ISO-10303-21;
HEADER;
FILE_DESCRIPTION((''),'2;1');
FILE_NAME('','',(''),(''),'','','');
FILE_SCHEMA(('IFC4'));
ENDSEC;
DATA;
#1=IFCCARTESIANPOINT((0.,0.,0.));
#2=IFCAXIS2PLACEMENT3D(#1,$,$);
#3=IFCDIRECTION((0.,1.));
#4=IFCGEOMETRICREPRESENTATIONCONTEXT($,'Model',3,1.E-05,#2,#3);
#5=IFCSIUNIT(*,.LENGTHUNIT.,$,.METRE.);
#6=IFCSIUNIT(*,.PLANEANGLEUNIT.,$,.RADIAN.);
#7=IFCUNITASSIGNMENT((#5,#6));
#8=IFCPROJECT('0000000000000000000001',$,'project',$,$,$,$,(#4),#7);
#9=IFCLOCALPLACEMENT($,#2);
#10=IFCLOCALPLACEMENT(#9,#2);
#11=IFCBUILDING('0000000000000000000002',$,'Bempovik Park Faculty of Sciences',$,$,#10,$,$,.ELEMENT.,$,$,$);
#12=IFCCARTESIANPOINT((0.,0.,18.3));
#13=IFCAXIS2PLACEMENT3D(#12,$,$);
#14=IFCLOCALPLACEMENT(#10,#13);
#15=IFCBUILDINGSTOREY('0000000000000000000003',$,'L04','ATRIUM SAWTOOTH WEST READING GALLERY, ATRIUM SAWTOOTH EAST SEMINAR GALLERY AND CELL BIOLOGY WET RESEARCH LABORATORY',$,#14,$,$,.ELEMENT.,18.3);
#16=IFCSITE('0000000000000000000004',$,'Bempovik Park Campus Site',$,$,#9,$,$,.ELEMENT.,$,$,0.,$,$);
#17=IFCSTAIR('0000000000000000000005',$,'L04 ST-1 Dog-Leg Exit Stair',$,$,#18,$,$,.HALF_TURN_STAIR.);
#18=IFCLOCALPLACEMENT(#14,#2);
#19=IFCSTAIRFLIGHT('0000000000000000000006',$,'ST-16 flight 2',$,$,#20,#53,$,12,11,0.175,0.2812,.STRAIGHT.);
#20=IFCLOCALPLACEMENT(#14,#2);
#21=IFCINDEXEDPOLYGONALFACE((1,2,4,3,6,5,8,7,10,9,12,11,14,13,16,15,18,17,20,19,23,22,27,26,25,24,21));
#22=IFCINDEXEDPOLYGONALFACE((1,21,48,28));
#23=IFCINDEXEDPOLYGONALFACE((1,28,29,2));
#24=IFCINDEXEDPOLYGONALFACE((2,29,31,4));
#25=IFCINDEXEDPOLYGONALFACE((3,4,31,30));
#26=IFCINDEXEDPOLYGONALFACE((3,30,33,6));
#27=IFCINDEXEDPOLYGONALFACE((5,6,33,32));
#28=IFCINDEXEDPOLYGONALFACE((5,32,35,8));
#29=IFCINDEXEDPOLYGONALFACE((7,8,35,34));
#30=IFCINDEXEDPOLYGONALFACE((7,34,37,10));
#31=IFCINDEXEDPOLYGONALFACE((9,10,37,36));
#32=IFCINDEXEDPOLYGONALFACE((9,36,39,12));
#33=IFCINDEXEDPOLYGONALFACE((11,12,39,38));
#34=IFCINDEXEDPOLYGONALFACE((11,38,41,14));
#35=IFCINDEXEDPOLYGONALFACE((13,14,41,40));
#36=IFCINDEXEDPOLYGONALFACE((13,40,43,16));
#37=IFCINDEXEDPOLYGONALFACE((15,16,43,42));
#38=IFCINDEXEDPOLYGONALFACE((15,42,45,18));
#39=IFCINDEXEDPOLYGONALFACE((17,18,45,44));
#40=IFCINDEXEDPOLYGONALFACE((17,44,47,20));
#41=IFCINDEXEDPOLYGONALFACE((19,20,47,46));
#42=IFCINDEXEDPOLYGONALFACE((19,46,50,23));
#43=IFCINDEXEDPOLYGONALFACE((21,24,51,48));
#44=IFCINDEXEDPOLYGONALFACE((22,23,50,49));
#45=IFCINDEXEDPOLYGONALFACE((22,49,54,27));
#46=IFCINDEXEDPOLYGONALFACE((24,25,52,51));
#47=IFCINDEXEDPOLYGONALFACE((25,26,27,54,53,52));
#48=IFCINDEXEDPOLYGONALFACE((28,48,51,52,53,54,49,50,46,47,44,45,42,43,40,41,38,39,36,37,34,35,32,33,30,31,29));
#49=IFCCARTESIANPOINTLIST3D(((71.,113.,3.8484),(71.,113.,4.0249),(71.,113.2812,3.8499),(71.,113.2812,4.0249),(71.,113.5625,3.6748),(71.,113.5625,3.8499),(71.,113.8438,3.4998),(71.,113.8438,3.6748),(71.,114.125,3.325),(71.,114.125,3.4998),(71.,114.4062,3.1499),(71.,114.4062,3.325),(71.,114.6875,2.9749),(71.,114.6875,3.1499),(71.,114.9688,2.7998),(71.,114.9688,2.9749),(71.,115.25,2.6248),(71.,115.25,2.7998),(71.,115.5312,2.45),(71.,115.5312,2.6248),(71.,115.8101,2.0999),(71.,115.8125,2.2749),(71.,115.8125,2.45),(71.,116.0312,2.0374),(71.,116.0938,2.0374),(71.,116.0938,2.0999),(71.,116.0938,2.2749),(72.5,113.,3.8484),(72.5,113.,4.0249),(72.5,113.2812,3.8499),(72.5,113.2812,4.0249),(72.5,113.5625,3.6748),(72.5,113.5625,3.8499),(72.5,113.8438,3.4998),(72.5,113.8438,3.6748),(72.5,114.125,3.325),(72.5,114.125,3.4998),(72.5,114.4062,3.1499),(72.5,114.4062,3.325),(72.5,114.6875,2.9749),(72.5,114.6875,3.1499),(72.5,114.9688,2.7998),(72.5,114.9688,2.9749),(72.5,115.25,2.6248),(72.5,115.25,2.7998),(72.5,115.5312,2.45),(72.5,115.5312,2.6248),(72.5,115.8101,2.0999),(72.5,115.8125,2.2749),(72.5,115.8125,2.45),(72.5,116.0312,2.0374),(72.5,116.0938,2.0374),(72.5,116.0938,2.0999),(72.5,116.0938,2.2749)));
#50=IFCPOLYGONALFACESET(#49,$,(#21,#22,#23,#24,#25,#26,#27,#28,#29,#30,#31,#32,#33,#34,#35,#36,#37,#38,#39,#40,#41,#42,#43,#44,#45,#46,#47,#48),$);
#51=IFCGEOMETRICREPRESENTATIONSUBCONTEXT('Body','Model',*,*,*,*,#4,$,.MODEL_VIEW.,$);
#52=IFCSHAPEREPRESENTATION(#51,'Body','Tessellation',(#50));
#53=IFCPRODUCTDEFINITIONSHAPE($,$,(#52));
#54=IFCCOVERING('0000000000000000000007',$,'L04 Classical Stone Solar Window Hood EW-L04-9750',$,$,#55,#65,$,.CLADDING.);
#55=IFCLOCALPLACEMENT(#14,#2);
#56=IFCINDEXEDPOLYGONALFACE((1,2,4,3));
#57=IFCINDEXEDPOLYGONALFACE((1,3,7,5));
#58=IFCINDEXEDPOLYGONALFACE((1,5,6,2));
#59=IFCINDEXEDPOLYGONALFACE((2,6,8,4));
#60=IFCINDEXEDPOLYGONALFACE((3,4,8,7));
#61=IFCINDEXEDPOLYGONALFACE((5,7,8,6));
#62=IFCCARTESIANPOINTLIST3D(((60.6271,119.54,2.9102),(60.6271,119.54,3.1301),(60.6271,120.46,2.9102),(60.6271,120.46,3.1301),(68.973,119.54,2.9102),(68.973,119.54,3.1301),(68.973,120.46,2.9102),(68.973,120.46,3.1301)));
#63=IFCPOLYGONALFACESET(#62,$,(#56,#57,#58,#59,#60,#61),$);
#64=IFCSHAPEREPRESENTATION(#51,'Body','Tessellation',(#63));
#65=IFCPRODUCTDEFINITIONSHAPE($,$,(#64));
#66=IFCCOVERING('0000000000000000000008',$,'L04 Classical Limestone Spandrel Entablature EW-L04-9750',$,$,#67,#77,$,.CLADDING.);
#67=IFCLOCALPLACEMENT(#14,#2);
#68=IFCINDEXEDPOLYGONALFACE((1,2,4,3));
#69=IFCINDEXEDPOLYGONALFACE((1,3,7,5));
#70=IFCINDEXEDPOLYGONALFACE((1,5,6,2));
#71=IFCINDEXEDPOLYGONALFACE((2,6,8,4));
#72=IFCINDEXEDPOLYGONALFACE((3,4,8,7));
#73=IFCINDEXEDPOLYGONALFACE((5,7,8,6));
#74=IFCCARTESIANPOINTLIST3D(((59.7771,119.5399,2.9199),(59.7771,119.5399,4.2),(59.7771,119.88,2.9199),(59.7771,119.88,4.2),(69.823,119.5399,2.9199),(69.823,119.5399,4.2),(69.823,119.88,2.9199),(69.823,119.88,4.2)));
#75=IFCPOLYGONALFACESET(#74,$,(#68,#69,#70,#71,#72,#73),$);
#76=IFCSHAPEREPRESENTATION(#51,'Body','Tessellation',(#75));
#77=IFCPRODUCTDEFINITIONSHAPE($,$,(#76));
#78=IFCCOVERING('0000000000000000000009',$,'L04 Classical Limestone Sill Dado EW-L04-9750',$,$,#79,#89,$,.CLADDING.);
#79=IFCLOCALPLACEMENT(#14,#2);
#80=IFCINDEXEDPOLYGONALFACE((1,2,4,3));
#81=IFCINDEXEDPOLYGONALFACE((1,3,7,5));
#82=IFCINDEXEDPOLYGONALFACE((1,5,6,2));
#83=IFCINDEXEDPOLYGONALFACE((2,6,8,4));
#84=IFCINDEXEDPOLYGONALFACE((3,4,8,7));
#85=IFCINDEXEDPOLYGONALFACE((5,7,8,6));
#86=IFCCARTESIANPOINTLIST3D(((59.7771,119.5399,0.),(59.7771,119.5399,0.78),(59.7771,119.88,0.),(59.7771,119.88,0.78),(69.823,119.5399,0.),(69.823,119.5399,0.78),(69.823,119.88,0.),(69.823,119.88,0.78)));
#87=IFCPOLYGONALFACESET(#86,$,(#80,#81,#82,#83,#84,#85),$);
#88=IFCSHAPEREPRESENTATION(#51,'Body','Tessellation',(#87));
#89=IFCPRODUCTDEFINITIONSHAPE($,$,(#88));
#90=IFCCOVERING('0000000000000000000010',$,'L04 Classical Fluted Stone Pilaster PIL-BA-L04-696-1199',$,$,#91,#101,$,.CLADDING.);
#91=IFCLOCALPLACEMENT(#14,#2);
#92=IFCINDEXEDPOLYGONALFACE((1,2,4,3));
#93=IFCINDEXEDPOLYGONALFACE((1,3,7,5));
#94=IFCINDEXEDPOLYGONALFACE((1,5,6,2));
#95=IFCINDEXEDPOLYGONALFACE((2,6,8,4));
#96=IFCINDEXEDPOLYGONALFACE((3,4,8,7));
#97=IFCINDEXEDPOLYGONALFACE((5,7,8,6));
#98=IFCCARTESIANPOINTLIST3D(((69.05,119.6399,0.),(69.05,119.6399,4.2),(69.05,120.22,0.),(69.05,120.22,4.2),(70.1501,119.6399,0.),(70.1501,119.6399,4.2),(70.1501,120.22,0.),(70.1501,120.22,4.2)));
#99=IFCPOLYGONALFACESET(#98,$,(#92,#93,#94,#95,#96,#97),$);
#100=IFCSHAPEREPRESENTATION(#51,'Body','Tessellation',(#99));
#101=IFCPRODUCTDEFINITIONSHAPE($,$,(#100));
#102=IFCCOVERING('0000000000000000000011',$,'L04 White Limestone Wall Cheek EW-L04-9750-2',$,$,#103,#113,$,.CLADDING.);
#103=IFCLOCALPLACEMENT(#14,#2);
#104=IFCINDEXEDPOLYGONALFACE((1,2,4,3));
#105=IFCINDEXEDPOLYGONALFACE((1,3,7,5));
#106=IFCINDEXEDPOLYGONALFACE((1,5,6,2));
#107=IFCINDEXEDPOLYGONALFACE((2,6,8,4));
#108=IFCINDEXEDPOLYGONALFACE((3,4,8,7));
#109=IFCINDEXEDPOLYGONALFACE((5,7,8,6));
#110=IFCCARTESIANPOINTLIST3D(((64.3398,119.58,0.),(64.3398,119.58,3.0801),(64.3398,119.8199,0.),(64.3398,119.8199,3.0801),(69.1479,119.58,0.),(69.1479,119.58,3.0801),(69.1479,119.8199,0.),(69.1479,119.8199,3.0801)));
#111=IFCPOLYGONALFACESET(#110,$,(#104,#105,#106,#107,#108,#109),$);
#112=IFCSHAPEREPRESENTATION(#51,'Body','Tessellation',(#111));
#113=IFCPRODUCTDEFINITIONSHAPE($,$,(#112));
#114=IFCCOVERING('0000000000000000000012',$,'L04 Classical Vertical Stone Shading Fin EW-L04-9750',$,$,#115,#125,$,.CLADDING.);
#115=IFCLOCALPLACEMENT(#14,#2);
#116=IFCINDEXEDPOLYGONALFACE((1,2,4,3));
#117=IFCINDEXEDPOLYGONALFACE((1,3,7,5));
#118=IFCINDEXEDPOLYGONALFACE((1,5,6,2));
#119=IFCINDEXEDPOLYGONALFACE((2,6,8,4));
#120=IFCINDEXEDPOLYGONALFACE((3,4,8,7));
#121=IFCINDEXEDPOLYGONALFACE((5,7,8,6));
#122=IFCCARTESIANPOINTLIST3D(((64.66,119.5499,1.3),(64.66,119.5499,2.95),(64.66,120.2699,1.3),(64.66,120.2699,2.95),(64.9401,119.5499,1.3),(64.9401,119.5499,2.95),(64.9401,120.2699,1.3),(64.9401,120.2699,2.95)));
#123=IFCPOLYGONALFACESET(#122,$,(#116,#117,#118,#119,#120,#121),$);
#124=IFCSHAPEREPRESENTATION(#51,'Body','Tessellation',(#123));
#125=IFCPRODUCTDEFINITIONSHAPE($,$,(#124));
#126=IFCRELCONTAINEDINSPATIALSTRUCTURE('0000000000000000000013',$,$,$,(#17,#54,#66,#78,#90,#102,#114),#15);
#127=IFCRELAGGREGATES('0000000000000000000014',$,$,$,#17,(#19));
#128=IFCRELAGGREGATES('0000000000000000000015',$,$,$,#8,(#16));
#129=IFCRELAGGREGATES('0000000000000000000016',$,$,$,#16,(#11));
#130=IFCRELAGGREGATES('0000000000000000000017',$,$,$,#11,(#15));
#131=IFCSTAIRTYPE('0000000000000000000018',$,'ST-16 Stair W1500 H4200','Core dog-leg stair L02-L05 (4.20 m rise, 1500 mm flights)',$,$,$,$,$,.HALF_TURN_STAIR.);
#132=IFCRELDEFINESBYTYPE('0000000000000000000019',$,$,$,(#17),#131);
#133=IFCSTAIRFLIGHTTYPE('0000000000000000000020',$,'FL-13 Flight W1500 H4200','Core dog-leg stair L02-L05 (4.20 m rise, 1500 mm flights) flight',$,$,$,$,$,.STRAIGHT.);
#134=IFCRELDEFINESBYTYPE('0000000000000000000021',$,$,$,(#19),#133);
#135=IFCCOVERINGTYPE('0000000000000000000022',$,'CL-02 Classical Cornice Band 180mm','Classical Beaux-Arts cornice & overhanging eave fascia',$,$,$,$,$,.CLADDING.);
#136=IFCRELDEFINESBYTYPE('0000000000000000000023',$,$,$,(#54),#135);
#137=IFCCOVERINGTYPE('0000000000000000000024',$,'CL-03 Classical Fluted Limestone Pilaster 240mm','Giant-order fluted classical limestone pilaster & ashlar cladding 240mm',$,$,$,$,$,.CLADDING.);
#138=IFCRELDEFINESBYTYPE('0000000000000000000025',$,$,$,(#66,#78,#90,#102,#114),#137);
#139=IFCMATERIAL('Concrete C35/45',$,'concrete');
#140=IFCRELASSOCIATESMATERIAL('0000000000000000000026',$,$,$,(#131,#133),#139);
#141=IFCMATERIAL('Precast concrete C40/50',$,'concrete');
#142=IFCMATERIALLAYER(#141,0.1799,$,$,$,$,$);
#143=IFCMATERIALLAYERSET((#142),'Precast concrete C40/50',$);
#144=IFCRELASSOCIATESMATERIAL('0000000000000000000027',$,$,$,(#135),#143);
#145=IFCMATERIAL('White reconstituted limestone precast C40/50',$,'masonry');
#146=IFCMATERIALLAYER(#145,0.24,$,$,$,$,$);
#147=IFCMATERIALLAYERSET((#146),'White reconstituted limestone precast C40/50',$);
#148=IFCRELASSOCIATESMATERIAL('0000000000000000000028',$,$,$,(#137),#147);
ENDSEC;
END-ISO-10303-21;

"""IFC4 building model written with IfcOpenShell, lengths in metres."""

from ifc_helpers import new_model, si_unit, direction, frame, origin, origin_2d, place, context, subcontext, project, spatial, polyline, rectangle, outline, extrude, material, layer, layer_set, type_object, element, aggregate, save


model = new_model("IFC4")

# Units and contexts
model_context = context("Model", 3, precision=1e-05, world=origin(), true_north=direction((0.0, 1.0)))
body_context = subcontext(model_context, "Body", "Model", "MODEL_VIEW")
ifc_project = project(units=[si_unit("LENGTHUNIT", "METRE"), si_unit("PLANEANGLEUNIT", "RADIAN")], contexts=[model_context])

# Site, building, storey
site_placement = place(None, origin())
site = spatial("IfcSite", under=ifc_project, at=site_placement, Name="Bempovik Park Campus Site", CompositionType="ELEMENT", RefElevation=0.0)
building_placement = place(site_placement, origin())
building = spatial("IfcBuilding", under=site, at=building_placement, Name="Bempovik Park Faculty of Sciences", CompositionType="ELEMENT")
storey_placement = place(building_placement, frame((0.0, 0.0, 18.3)))
storey = spatial("IfcBuildingStorey", under=building, at=storey_placement, Name="L04", Description="ATRIUM SAWTOOTH WEST READING GALLERY, ATRIUM SAWTOOTH EAST SEMINAR GALLERY AND CELL BIOLOGY WET RESEARCH LABORATORY", CompositionType="ELEMENT", Elevation=18.3)

# Shared definitions
ifc_material_1 = material(Name="Concrete C35/45", Category="concrete")

# Stair, stair flight
stair_type = type_object("IfcStairType", Name="ST-16 Stair W1500 H4200", Description="Core dog-leg stair L02-L05 (4.20 m rise, 1500 mm flights)", PredefinedType="HALF_TURN_STAIR", material=ifc_material_1)
stair_placement = place(storey_placement, origin())
stair = element("IfcStair", 1, at=stair_placement, inside=storey, type_object=stair_type, Name="L04 ST-1 Dog-Leg Exit Stair", PredefinedType="HALF_TURN_STAIR")
stair_flight_type = type_object("IfcStairFlightType", Name="FL-13 Flight W1500 H4200", Description="Core dog-leg stair L02-L05 (4.20 m rise, 1500 mm flights) flight", PredefinedType="STRAIGHT", material=ifc_material_1)
stair_flight_placement = place(storey_placement, frame((71.75, 116.0938, 2.0999), z_axis=(0.0, 0.0, 1.0), x_axis=(0.0, -1.0, 0.0)))
stair_flight = element("IfcStairFlight", 2, at=stair_flight_placement, type_object=stair_flight_type, Name="ST-16 flight 2", NumberOfRisers=12, NumberOfTreads=11, PredefinedType="STRAIGHT", RiserHeight=0.175, TreadLength=0.2812, context=body_context, shape_type="SweptSolid", body=[
    extrude(outline(polyline([(0.0, 0.0), (0.0, 0.175), (0.2812, 0.175), (0.2812, 0.3501), (0.5625, 0.3501), (0.5625, 0.5249), (0.8438, 0.5249), (0.8438, 0.7), (1.125, 0.7), (1.125, 0.875), (1.4062, 0.875), (1.4062, 1.05), (1.6875, 1.05), (1.6875, 1.2251), (1.9688, 1.2251), (1.9688, 1.3999), (2.25, 1.3999), (2.25, 1.575), (2.5312, 1.575), (2.5312, 1.75), (2.8125, 1.75), (2.8125, 1.925), (3.0938, 1.925), (3.0938, 2.1001), (3.0938, 1.7485), (0.2837, 0.0), (0.0625, -0.0625), (0.0, -0.0625), (0.0, 0.0)])), frame((0.0, 0.75, 0.0), z_axis=(0.0, -1.0, 0.0), x_axis=(1.0, 0.0, 0.0)), (0.0, 0.0, 1.0), 1.5),
])
aggregate(stair, [stair_flight])

# Coverings
ifc_material_2 = material(Name="Precast concrete C40/50", Category="concrete")
ifc_layer_1 = layer(ifc_material_2, 0.1799)
ifc_layer_set_1 = layer_set([ifc_layer_1], Name="Precast concrete C40/50")
covering_type_1 = type_object("IfcCoveringType", Name="CL-02 Classical Cornice Band 180mm", Description="Classical Beaux-Arts cornice & overhanging eave fascia", PredefinedType="CLADDING", material=ifc_layer_set_1)
covering_1_placement = place(storey_placement, frame((64.8, 120.0, 2.9102), z_axis=(0.0, 0.0, 1.0), x_axis=(1.0, 0.0, 0.0)))
element("IfcCovering", 3, at=covering_1_placement, inside=storey, type_object=covering_type_1, Name="L04 Classical Stone Solar Window Hood EW-L04-9750", PredefinedType="CLADDING", context=body_context, shape_type="SweptSolid", body=[
    extrude(rectangle(XDim=8.3459, YDim=0.9199, at=origin_2d()), origin(), (0.0, 0.0, 1.0), 0.22),
])
ifc_material_3 = material(Name="White reconstituted limestone precast C40/50", Category="masonry")
ifc_layer_2 = layer(ifc_material_3, 0.24)
ifc_layer_set_2 = layer_set([ifc_layer_2], Name="White reconstituted limestone precast C40/50")
covering_type_2 = type_object("IfcCoveringType", Name="CL-03 Classical Fluted Limestone Pilaster 240mm", Description="Giant-order fluted classical limestone pilaster & ashlar cladding 240mm", PredefinedType="CLADDING", material=ifc_layer_set_2)
covering_2_placement = place(storey_placement, frame((64.8, 119.71, 2.9199), z_axis=(0.0, 0.0, 1.0), x_axis=(1.0, 0.0, 0.0)))
element("IfcCovering", 4, at=covering_2_placement, inside=storey, type_object=covering_type_2, Name="L04 Classical Limestone Spandrel Entablature EW-L04-9750", PredefinedType="CLADDING", context=body_context, shape_type="SweptSolid", body=[
    extrude(rectangle(XDim=10.0459, YDim=0.3401, at=origin_2d()), origin(), (0.0, 0.0, 1.0), 1.28),
])
covering_3_placement = place(storey_placement, frame((64.8, 119.71, 0.0), z_axis=(0.0, 0.0, 1.0), x_axis=(1.0, 0.0, 0.0)))
element("IfcCovering", 5, at=covering_3_placement, inside=storey, type_object=covering_type_2, Name="L04 Classical Limestone Sill Dado EW-L04-9750", PredefinedType="CLADDING", context=body_context, shape_type="SweptSolid", body=[
    extrude(rectangle(XDim=10.0459, YDim=0.3401, at=origin_2d()), origin(), (0.0, 0.0, 1.0), 0.78),
])
covering_4_placement = place(storey_placement, frame((69.6001, 119.9299, 0.0), z_axis=(0.0, 0.0, 1.0), x_axis=(1.0, 0.0, 0.0)))
element("IfcCovering", 6, at=covering_4_placement, inside=storey, type_object=covering_type_2, Name="L04 Classical Fluted Stone Pilaster PIL-BA-L04-696-1199", PredefinedType="CLADDING", context=body_context, shape_type="SweptSolid", body=[
    extrude(rectangle(XDim=1.1001, YDim=0.5801, at=origin_2d()), origin(), (0.0, 0.0, 1.0), 4.2),
])
covering_5_placement = place(storey_placement, frame((66.7439, 119.7, 0.0), z_axis=(0.0, 0.0, 1.0), x_axis=(1.0, 0.0, 0.0)))
element("IfcCovering", 7, at=covering_5_placement, inside=storey, type_object=covering_type_2, Name="L04 White Limestone Wall Cheek EW-L04-9750-2", PredefinedType="CLADDING", context=body_context, shape_type="SweptSolid", body=[
    extrude(rectangle(XDim=4.8081, YDim=0.24, at=origin_2d()), origin(), (0.0, 0.0, 1.0), 3.0801),
])
covering_6_placement = place(storey_placement, frame((64.8, 119.9099, 1.3), z_axis=(0.0, 0.0, 1.0), x_axis=(1.0, 0.0, 0.0)))
element("IfcCovering", 8, at=covering_6_placement, inside=storey, type_object=covering_type_2, Name="L04 Classical Vertical Stone Shading Fin EW-L04-9750", PredefinedType="CLADDING", context=body_context, shape_type="SweptSolid", body=[
    extrude(rectangle(XDim=0.28, YDim=0.72, at=origin_2d()), origin(), (0.0, 0.0, 1.0), 1.6499),
])

save(model, "model.ifc")
